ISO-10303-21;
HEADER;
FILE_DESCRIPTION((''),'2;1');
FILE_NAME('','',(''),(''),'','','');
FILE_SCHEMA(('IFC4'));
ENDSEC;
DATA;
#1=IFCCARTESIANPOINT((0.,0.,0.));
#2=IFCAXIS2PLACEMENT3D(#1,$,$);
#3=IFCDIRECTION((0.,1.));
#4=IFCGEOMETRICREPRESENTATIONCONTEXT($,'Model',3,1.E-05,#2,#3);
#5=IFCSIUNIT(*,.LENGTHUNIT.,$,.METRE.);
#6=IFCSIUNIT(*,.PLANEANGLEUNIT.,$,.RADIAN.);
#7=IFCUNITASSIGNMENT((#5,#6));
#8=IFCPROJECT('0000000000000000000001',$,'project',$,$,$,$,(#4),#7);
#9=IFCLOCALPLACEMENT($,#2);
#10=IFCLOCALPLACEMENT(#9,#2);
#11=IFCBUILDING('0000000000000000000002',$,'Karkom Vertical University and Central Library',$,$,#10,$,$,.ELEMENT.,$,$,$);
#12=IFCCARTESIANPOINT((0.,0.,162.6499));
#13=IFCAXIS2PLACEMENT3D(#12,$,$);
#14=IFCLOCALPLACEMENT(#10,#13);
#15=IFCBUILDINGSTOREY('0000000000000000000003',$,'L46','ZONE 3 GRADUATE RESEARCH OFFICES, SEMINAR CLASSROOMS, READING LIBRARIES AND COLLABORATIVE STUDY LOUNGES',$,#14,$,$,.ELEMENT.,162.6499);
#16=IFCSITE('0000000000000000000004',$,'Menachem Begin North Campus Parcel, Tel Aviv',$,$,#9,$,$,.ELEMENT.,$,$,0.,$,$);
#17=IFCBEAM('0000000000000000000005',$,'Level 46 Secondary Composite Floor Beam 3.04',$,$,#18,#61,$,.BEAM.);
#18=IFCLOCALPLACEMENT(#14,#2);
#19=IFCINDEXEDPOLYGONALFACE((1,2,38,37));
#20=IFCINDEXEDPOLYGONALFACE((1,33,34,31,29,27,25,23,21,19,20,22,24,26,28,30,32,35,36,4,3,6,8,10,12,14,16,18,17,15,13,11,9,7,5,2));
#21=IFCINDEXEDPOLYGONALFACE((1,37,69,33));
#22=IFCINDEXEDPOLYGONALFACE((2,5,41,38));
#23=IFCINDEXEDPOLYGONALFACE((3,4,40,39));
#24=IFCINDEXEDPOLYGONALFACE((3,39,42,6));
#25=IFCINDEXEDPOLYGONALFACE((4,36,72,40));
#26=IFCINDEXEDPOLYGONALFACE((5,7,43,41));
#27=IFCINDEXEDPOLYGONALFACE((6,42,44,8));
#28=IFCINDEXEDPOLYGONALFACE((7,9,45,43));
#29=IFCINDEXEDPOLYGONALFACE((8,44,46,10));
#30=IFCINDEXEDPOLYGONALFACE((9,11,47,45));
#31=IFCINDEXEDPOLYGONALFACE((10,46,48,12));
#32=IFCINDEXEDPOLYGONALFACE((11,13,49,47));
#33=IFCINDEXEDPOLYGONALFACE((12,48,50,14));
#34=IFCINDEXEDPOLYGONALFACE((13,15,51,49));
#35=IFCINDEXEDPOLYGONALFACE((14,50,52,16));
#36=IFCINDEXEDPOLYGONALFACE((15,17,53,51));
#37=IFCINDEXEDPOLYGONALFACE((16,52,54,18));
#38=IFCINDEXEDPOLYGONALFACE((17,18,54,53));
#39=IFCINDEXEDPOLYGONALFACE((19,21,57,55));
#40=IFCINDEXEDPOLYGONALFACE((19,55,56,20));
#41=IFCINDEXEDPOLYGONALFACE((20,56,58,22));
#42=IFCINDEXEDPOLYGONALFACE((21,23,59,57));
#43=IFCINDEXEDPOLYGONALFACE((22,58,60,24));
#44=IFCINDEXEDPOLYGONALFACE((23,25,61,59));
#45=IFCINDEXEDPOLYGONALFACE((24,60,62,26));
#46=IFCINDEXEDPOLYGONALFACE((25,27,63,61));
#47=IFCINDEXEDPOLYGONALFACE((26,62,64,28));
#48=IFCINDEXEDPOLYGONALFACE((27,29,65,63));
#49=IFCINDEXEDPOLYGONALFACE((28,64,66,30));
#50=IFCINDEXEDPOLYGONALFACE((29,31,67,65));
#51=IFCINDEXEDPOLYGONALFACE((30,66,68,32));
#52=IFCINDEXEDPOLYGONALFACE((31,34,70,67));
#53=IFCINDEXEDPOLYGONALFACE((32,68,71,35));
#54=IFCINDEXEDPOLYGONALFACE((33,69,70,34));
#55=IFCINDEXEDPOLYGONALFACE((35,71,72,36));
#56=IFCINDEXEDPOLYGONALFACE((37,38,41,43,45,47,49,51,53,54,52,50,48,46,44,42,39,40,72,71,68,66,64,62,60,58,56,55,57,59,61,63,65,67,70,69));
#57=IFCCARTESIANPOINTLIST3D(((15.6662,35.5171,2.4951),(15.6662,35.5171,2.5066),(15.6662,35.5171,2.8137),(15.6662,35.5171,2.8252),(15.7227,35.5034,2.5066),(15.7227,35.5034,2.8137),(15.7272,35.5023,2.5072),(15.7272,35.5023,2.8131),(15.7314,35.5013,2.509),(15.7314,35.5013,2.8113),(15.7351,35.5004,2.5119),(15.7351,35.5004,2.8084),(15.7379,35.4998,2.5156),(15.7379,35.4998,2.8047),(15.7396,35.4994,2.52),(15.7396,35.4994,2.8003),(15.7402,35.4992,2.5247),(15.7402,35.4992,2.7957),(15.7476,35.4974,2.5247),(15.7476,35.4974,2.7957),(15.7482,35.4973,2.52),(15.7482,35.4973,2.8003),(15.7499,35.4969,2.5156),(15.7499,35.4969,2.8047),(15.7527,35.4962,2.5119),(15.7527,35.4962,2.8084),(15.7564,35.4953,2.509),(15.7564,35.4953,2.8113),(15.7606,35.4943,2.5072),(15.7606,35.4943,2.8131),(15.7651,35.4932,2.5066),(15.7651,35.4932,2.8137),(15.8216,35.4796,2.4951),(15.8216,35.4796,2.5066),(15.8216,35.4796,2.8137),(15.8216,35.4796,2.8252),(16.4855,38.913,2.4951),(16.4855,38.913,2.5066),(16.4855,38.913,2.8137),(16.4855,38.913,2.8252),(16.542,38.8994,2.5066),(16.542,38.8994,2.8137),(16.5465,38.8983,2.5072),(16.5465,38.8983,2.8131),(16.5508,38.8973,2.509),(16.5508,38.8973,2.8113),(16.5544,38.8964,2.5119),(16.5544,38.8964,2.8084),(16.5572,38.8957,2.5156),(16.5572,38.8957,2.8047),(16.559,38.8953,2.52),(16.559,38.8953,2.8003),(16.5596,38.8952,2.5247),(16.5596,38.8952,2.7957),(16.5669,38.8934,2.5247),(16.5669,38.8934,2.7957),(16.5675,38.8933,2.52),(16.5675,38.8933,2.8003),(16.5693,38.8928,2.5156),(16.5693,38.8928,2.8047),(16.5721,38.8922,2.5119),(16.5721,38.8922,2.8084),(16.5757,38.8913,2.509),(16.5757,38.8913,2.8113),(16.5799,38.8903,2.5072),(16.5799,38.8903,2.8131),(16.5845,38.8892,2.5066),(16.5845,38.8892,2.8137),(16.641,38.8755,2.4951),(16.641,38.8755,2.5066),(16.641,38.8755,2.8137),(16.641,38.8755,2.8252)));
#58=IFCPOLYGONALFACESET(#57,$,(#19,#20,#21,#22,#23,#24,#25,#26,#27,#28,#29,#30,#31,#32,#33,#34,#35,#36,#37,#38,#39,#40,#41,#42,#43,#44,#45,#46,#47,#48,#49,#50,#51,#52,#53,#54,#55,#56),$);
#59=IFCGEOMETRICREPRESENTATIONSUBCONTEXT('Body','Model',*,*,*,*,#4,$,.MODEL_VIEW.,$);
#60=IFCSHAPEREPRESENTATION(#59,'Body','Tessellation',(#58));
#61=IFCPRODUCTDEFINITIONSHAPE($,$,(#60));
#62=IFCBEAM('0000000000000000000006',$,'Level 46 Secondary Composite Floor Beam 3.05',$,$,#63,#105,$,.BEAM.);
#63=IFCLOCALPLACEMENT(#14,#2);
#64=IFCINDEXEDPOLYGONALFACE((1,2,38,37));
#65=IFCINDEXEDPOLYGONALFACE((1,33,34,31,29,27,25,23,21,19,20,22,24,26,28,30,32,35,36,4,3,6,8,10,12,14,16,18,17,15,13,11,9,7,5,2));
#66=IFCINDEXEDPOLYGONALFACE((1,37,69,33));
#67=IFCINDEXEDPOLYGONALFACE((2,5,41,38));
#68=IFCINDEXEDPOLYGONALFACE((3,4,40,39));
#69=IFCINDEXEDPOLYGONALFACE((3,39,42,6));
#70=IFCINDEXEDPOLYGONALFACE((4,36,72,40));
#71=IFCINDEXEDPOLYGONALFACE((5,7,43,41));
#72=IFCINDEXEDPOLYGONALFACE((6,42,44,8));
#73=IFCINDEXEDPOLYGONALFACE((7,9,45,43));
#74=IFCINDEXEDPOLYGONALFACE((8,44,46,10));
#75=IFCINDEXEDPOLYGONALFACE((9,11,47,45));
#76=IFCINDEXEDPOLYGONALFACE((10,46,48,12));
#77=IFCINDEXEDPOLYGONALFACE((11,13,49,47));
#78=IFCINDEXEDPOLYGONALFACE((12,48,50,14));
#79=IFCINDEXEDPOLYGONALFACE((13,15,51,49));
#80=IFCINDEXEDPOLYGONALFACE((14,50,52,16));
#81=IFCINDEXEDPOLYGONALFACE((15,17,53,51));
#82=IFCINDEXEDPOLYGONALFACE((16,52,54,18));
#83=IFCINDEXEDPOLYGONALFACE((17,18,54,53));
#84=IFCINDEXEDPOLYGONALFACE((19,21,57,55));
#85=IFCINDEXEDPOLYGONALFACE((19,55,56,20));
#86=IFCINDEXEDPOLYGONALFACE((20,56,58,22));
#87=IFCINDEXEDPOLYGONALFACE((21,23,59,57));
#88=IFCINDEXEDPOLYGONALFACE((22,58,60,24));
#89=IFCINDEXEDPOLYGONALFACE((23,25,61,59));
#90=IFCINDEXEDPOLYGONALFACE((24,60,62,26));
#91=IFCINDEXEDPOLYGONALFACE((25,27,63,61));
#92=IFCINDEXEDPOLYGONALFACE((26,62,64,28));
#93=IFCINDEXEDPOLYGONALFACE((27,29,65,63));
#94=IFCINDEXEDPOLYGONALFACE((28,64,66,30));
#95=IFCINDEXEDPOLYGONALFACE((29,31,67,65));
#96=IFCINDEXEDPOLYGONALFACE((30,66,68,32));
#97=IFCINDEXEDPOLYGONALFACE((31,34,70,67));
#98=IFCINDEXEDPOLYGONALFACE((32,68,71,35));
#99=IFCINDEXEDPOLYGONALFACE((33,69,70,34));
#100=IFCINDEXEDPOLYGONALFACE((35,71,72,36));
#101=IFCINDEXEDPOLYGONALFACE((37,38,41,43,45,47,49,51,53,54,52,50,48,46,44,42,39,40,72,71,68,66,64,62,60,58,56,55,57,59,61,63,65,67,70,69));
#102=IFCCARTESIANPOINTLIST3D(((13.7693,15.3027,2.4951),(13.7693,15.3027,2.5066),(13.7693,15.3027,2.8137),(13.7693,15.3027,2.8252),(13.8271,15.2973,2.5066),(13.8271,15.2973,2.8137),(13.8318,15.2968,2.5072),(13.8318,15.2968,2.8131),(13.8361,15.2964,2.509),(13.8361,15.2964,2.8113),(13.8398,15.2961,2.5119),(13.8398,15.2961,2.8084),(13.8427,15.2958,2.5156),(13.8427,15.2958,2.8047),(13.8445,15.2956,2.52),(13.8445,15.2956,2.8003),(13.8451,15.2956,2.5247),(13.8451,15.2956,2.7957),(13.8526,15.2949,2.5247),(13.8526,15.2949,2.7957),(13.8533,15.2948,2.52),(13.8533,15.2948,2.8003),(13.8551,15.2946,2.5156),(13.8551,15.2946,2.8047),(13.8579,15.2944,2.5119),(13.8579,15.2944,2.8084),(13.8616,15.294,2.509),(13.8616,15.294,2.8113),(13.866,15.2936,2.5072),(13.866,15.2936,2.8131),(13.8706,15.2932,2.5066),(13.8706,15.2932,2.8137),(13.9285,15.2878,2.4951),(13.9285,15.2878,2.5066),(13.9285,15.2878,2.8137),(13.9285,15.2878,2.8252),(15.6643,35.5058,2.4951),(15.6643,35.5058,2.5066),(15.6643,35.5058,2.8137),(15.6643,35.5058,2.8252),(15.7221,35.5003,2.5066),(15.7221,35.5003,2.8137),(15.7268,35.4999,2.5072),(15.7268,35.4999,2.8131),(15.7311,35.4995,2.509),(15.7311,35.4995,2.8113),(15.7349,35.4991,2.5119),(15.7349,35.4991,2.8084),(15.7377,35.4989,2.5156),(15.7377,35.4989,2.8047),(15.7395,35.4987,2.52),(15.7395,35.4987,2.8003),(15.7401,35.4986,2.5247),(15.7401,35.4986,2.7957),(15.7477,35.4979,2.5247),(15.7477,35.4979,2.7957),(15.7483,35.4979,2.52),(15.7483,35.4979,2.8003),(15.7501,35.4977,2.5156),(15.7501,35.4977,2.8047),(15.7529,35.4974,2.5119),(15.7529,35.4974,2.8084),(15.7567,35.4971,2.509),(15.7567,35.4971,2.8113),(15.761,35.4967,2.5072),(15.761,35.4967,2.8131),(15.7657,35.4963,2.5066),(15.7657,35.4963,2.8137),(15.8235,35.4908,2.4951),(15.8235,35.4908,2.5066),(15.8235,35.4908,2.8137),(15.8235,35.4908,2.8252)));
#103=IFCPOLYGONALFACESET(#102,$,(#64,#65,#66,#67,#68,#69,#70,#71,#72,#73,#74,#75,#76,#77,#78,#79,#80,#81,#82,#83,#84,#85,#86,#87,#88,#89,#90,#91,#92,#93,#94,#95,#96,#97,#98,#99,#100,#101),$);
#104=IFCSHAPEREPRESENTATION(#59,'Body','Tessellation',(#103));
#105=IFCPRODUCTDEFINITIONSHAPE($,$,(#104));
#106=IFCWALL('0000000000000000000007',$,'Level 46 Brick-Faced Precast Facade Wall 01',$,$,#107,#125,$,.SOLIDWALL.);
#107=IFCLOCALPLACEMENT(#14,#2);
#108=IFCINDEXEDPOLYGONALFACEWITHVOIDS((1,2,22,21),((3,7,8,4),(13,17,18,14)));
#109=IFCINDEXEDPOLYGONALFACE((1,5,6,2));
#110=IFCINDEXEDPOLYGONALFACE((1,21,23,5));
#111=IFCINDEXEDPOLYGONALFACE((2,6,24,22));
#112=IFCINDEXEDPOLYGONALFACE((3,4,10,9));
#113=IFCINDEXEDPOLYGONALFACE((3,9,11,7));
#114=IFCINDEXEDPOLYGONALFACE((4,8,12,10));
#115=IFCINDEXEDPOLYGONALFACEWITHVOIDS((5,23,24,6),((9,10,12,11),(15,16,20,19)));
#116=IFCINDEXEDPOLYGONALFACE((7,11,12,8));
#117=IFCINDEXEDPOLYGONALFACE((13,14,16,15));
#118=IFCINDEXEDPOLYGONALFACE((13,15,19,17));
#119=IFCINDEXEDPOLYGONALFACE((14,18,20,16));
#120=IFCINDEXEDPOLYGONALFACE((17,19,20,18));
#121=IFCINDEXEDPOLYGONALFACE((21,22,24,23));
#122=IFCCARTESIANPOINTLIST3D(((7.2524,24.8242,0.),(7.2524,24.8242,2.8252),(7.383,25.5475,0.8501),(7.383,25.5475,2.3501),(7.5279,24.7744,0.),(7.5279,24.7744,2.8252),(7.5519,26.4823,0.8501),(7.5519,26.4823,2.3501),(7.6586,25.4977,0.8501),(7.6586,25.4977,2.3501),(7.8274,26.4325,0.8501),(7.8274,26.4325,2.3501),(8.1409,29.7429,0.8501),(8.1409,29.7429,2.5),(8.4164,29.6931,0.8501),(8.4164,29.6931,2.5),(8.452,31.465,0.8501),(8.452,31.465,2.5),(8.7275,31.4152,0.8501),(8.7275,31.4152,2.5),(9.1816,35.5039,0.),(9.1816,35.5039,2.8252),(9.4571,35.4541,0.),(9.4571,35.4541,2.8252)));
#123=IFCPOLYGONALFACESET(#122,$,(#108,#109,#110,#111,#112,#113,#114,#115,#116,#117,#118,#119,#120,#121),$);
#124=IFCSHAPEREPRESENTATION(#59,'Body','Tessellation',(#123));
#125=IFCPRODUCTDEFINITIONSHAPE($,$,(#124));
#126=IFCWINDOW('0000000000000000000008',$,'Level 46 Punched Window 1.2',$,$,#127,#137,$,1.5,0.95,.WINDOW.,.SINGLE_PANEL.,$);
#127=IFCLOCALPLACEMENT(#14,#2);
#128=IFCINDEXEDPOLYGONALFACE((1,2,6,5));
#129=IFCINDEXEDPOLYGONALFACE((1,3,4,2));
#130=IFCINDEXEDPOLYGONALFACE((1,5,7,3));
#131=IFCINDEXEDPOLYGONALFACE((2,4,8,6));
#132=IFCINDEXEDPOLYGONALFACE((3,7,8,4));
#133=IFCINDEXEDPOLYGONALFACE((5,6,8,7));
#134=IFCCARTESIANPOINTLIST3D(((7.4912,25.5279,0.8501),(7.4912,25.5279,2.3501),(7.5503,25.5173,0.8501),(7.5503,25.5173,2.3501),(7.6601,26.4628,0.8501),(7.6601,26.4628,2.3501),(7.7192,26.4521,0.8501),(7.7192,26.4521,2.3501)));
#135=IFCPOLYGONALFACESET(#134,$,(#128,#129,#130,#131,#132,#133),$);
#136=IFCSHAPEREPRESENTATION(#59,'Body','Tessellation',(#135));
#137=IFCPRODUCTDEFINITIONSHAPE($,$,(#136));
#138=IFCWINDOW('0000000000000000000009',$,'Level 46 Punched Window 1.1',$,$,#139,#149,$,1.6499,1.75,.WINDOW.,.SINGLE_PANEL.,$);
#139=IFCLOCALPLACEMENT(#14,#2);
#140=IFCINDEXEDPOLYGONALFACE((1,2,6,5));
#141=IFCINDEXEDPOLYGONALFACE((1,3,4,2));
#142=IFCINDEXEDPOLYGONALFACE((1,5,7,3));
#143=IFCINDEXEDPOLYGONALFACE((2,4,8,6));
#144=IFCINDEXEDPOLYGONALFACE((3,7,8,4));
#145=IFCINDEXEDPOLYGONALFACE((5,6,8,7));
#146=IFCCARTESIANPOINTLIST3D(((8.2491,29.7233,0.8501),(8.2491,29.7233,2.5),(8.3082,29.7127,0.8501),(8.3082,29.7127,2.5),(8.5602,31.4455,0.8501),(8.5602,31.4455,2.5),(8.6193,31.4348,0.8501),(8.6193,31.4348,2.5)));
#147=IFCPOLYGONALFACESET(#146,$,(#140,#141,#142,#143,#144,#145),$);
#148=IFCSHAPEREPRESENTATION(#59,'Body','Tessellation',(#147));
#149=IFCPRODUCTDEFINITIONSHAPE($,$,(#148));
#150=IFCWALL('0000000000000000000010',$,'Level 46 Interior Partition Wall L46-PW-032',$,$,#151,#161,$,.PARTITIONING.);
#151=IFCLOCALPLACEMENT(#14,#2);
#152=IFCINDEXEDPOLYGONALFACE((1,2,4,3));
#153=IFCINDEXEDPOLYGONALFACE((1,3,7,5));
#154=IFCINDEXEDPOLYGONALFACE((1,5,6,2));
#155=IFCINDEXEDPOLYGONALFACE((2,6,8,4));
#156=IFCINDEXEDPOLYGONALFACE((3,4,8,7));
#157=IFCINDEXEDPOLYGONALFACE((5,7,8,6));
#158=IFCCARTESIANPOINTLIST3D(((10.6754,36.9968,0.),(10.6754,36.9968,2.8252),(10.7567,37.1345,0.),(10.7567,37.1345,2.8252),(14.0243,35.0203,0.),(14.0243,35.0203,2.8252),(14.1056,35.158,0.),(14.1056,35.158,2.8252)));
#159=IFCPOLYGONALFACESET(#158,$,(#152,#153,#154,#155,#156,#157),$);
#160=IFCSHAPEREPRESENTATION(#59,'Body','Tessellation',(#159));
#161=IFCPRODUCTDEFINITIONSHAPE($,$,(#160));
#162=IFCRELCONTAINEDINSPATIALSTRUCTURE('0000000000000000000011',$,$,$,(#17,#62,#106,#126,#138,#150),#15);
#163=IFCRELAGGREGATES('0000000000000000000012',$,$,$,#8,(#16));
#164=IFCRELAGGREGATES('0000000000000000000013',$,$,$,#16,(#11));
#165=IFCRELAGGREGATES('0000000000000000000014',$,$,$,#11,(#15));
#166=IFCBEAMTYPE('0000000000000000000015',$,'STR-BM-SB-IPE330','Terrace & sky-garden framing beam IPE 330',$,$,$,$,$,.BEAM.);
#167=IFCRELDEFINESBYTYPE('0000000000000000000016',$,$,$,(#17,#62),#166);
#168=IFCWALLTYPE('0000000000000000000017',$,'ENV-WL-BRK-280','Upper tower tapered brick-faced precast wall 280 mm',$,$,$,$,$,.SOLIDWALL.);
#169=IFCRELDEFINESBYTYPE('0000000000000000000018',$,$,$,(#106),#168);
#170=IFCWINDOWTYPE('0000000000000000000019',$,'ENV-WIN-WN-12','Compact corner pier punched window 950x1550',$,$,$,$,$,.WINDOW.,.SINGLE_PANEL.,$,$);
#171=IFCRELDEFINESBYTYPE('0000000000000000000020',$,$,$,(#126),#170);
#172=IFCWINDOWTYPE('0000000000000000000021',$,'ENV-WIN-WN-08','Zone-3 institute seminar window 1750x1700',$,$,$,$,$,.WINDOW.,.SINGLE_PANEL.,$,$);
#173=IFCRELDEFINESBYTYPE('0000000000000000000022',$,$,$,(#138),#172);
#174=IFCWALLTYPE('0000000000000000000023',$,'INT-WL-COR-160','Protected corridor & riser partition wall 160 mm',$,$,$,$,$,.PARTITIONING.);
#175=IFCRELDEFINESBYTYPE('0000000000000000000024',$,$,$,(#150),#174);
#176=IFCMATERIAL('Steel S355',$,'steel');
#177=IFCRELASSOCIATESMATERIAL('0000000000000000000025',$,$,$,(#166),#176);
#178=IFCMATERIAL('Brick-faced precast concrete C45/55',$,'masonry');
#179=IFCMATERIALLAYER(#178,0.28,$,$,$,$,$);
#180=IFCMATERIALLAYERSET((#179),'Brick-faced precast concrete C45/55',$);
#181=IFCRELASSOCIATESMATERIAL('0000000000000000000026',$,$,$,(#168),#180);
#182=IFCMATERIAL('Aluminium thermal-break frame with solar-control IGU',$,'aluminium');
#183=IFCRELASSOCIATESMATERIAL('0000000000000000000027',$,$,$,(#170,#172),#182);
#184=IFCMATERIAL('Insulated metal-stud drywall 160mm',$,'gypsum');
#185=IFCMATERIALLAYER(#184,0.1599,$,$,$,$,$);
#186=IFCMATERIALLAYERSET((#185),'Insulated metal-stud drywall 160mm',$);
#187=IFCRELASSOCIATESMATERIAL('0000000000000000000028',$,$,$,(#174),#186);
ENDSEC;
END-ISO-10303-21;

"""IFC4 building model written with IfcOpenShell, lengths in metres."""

from ifc_helpers import new_model, si_unit, direction, frame, frame_2d, origin, origin_with_axes, origin_2d, place, context, subcontext, project, spatial, rectangle, i_section, extrude, source, transform, mapped, material, layer, layer_set, material_profile, profile_set, type_object, element, fill, save


model = new_model("IFC4")

# Units and contexts
model_context = context("Model", 3, precision=1e-05, world=origin(), true_north=direction((0.0, 1.0)))
body_context = subcontext(model_context, "Body", "Model", "MODEL_VIEW")
ifc_project = project(units=[si_unit("LENGTHUNIT", "METRE"), si_unit("PLANEANGLEUNIT", "RADIAN")], contexts=[model_context])

# Site, building, storey
site_placement = place(None, origin())
site = spatial("IfcSite", under=ifc_project, at=site_placement, Name="Menachem Begin North Campus Parcel, Tel Aviv", CompositionType="ELEMENT", RefElevation=0.0)
building_placement = place(site_placement, origin())
building = spatial("IfcBuilding", under=site, at=building_placement, Name="Karkom Vertical University and Central Library", CompositionType="ELEMENT")
storey_placement = place(building_placement, frame((0.0, 0.0, 162.6499)))
storey = spatial("IfcBuildingStorey", under=building, at=storey_placement, Name="L46", Description="ZONE 3 GRADUATE RESEARCH OFFICES, SEMINAR CLASSROOMS, READING LIBRARIES AND COLLABORATIVE STUDY LOUNGES", CompositionType="ELEMENT", Elevation=162.6499)

# Beams
ifc_material_1 = material(Name="Steel S355", Category="steel")
ifc_material_profile_1 = material_profile(ifc_material_1, i_section(OverallWidth=0.1599, OverallDepth=0.3301, WebThickness=0.0076, FlangeThickness=0.0115, FilletRadius=0.0181, at=origin_2d()), Name="IPE 330")
ifc_profile_set_1 = profile_set([ifc_material_profile_1], Name="Steel S355")
beam_type_1 = type_object("IfcBeamType", Name="STR-BM-SB-IPE330", Description="Terrace & sky-garden framing beam IPE 330", PredefinedType="BEAM", material=ifc_profile_set_1)
shared_shape_1 = source(origin_with_axes(), body_context, "Body", "SweptSolid", [
    extrude(i_section(OverallWidth=0.1599, OverallDepth=0.3301, WebThickness=0.0076, FlangeThickness=0.0115, FilletRadius=0.0181, at=origin_2d()), origin(), (0.0, 0.0, 1.0), 3.4934),
])
beam_1_placement = place(storey_placement, frame((16.5632, 38.8943, 2.6602), z_axis=(-0.234536, -0.972107, 0.0), x_axis=(0.972107, -0.234536, 0.0)))
element("IfcBeam", 1, at=beam_1_placement, inside=storey, type_object=beam_type_1, Name="Level 46 Secondary Composite Floor Beam 3.04", PredefinedType="BEAM", context=body_context, shape_type="MappedRepresentation", body=[
    mapped(shared_shape_1, transform((0.0, 0.0, 0.0), scale=1.0)),
])
shared_shape_2 = source(origin_with_axes(), body_context, "Body", "SweptSolid", [
    extrude(i_section(OverallWidth=0.1599, OverallDepth=0.3301, WebThickness=0.0076, FlangeThickness=0.0115, FilletRadius=0.0181, at=origin_2d()), origin(), (0.0, 0.0, 1.0), 20.2917),
])
beam_2_placement = place(storey_placement, frame((15.7439, 35.4983, 2.6602), z_axis=(-0.093388, -0.99563, 0.0), x_axis=(0.99563, -0.093388, 0.0)))
element("IfcBeam", 2, at=beam_2_placement, inside=storey, type_object=beam_type_1, Name="Level 46 Secondary Composite Floor Beam 3.05", PredefinedType="BEAM", context=body_context, shape_type="MappedRepresentation", body=[
    mapped(shared_shape_2, transform((0.0, 0.0, 0.0), scale=1.0)),
])

# Wall, openings, windows
ifc_material_2 = material(Name="Brick-faced precast concrete C45/55", Category="masonry")
ifc_layer_1 = layer(ifc_material_2, 0.28)
ifc_layer_set_1 = layer_set([ifc_layer_1], Name="Brick-faced precast concrete C45/55")
wall_type_1 = type_object("IfcWallType", Name="ENV-WL-BRK-280", Description="Upper tower tapered brick-faced precast wall 280 mm", PredefinedType="SOLIDWALL", material=ifc_layer_set_1)
wall_1_placement = place(storey_placement, frame((9.3193, 35.479, 0.0), z_axis=(0.0, 0.0, 1.0), x_axis=(-0.177765, -0.984073, 0.0)))
wall_1 = element("IfcWall", 3, at=wall_1_placement, inside=storey, type_object=wall_type_1, Name="Level 46 Brick-Faced Precast Facade Wall 01", PredefinedType="SOLIDWALL", context=body_context, shape_type="SweptSolid", body=[
    extrude(rectangle(XDim=10.8525, YDim=0.28, at=frame_2d((5.4263, 0.0))), origin(), (0.0, 0.0, 1.0), 2.8252),
])
opening_1_placement = place(wall_1_placement, frame((4.1042, 0.0, 0.8501)))
opening_1 = element("IfcOpeningElement", 4, at=opening_1_placement, cuts=wall_1, PredefinedType="OPENING", context=body_context, shape_type="SweptSolid", body=[
    extrude(rectangle(XDim=1.75, YDim=1.6499, at=frame_2d((0.875, 0.825))), frame((0.0, 0.1499, 0.0), z_axis=(0.0, -1.0, 0.0), x_axis=(1.0, 0.0, 0.0)), (0.0, 0.0, 1.0), 0.3),
])
opening_2_placement = place(wall_1_placement, frame((9.1675, 0.0, 0.8501)))
opening_2 = element("IfcOpeningElement", 5, at=opening_2_placement, cuts=wall_1, PredefinedType="OPENING", context=body_context, shape_type="SweptSolid", body=[
    extrude(rectangle(XDim=0.95, YDim=1.5, at=frame_2d((0.4751, 0.75))), frame((0.0, 0.1499, 0.0), z_axis=(0.0, -1.0, 0.0), x_axis=(1.0, 0.0, 0.0)), (0.0, 0.0, 1.0), 0.3),
])
ifc_material_3 = material(Name="Aluminium thermal-break frame with solar-control IGU", Category="aluminium")
window_type_1 = type_object("IfcWindowType", Name="ENV-WIN-WN-12", Description="Compact corner pier punched window 950x1550", PartitioningType="SINGLE_PANEL", PredefinedType="WINDOW", material=ifc_material_3)
shared_shape_3 = source(origin_with_axes(), body_context, "Body", "SweptSolid", [
    extrude(rectangle(XDim=0.95, YDim=1.5, at=frame_2d((0.4751, 0.75))), frame((0.0, 0.03, 0.0), z_axis=(0.0, -1.0, 0.0), x_axis=(1.0, 0.0, 0.0)), (0.0, 0.0, 1.0), 0.0601),
])
window_1_placement = place(opening_2_placement, origin())
window_1 = element("IfcWindow", 6, at=window_1_placement, inside=storey, type_object=window_type_1, Name="Level 46 Punched Window 1.2", OverallHeight=1.5, OverallWidth=0.95, PartitioningType="SINGLE_PANEL", PredefinedType="WINDOW", context=body_context, shape_type="MappedRepresentation", body=[
    mapped(shared_shape_3, transform((0.0, 0.0, 0.0), scale=1.0)),
])
fill(opening_2, window_1)
window_type_2 = type_object("IfcWindowType", Name="ENV-WIN-WN-08", Description="Zone-3 institute seminar window 1750x1700", PartitioningType="SINGLE_PANEL", PredefinedType="WINDOW", material=ifc_material_3)
shared_shape_4 = source(origin_with_axes(), body_context, "Body", "SweptSolid", [
    extrude(rectangle(XDim=1.75, YDim=1.6499, at=frame_2d((0.875, 0.825))), frame((0.0, 0.03, 0.0), z_axis=(0.0, -1.0, 0.0), x_axis=(1.0, 0.0, 0.0)), (0.0, 0.0, 1.0), 0.0601),
])
window_2_placement = place(opening_1_placement, origin())
window_2 = element("IfcWindow", 7, at=window_2_placement, inside=storey, type_object=window_type_2, Name="Level 46 Punched Window 1.1", OverallHeight=1.6499, OverallWidth=1.75, PartitioningType="SINGLE_PANEL", PredefinedType="WINDOW", context=body_context, shape_type="MappedRepresentation", body=[
    mapped(shared_shape_4, transform((0.0, 0.0, 0.0), scale=1.0)),
])
fill(opening_1, window_2)

# Shared definitions
ifc_material_4 = material(Name="Insulated metal-stud drywall 160mm", Category="gypsum")
ifc_layer_2 = layer(ifc_material_4, 0.1599)
ifc_layer_set_2 = layer_set([ifc_layer_2], Name="Insulated metal-stud drywall 160mm")
wall_type_2 = type_object("IfcWallType", Name="INT-WL-COR-160", Description="Protected corridor & riser partition wall 160 mm", PredefinedType="PARTITIONING", material=ifc_layer_set_2)

# Wall
wall_2_placement = place(storey_placement, frame((14.0649, 35.0891, 0.0), z_axis=(0.0, 0.0, 1.0), x_axis=(-0.861188, 0.508287, 0.0)))
element("IfcWall", 8, at=wall_2_placement, inside=storey, type_object=wall_type_2, Name="Level 46 Interior Partition Wall L46-PW-032", PredefinedType="PARTITIONING", context=body_context, shape_type="SweptSolid", body=[
    extrude(rectangle(XDim=3.8887, YDim=0.1599, at=frame_2d((1.9443, 0.0))), origin(), (0.0, 0.0, 1.0), 2.8252),
])

save(model, "model.ifc")
